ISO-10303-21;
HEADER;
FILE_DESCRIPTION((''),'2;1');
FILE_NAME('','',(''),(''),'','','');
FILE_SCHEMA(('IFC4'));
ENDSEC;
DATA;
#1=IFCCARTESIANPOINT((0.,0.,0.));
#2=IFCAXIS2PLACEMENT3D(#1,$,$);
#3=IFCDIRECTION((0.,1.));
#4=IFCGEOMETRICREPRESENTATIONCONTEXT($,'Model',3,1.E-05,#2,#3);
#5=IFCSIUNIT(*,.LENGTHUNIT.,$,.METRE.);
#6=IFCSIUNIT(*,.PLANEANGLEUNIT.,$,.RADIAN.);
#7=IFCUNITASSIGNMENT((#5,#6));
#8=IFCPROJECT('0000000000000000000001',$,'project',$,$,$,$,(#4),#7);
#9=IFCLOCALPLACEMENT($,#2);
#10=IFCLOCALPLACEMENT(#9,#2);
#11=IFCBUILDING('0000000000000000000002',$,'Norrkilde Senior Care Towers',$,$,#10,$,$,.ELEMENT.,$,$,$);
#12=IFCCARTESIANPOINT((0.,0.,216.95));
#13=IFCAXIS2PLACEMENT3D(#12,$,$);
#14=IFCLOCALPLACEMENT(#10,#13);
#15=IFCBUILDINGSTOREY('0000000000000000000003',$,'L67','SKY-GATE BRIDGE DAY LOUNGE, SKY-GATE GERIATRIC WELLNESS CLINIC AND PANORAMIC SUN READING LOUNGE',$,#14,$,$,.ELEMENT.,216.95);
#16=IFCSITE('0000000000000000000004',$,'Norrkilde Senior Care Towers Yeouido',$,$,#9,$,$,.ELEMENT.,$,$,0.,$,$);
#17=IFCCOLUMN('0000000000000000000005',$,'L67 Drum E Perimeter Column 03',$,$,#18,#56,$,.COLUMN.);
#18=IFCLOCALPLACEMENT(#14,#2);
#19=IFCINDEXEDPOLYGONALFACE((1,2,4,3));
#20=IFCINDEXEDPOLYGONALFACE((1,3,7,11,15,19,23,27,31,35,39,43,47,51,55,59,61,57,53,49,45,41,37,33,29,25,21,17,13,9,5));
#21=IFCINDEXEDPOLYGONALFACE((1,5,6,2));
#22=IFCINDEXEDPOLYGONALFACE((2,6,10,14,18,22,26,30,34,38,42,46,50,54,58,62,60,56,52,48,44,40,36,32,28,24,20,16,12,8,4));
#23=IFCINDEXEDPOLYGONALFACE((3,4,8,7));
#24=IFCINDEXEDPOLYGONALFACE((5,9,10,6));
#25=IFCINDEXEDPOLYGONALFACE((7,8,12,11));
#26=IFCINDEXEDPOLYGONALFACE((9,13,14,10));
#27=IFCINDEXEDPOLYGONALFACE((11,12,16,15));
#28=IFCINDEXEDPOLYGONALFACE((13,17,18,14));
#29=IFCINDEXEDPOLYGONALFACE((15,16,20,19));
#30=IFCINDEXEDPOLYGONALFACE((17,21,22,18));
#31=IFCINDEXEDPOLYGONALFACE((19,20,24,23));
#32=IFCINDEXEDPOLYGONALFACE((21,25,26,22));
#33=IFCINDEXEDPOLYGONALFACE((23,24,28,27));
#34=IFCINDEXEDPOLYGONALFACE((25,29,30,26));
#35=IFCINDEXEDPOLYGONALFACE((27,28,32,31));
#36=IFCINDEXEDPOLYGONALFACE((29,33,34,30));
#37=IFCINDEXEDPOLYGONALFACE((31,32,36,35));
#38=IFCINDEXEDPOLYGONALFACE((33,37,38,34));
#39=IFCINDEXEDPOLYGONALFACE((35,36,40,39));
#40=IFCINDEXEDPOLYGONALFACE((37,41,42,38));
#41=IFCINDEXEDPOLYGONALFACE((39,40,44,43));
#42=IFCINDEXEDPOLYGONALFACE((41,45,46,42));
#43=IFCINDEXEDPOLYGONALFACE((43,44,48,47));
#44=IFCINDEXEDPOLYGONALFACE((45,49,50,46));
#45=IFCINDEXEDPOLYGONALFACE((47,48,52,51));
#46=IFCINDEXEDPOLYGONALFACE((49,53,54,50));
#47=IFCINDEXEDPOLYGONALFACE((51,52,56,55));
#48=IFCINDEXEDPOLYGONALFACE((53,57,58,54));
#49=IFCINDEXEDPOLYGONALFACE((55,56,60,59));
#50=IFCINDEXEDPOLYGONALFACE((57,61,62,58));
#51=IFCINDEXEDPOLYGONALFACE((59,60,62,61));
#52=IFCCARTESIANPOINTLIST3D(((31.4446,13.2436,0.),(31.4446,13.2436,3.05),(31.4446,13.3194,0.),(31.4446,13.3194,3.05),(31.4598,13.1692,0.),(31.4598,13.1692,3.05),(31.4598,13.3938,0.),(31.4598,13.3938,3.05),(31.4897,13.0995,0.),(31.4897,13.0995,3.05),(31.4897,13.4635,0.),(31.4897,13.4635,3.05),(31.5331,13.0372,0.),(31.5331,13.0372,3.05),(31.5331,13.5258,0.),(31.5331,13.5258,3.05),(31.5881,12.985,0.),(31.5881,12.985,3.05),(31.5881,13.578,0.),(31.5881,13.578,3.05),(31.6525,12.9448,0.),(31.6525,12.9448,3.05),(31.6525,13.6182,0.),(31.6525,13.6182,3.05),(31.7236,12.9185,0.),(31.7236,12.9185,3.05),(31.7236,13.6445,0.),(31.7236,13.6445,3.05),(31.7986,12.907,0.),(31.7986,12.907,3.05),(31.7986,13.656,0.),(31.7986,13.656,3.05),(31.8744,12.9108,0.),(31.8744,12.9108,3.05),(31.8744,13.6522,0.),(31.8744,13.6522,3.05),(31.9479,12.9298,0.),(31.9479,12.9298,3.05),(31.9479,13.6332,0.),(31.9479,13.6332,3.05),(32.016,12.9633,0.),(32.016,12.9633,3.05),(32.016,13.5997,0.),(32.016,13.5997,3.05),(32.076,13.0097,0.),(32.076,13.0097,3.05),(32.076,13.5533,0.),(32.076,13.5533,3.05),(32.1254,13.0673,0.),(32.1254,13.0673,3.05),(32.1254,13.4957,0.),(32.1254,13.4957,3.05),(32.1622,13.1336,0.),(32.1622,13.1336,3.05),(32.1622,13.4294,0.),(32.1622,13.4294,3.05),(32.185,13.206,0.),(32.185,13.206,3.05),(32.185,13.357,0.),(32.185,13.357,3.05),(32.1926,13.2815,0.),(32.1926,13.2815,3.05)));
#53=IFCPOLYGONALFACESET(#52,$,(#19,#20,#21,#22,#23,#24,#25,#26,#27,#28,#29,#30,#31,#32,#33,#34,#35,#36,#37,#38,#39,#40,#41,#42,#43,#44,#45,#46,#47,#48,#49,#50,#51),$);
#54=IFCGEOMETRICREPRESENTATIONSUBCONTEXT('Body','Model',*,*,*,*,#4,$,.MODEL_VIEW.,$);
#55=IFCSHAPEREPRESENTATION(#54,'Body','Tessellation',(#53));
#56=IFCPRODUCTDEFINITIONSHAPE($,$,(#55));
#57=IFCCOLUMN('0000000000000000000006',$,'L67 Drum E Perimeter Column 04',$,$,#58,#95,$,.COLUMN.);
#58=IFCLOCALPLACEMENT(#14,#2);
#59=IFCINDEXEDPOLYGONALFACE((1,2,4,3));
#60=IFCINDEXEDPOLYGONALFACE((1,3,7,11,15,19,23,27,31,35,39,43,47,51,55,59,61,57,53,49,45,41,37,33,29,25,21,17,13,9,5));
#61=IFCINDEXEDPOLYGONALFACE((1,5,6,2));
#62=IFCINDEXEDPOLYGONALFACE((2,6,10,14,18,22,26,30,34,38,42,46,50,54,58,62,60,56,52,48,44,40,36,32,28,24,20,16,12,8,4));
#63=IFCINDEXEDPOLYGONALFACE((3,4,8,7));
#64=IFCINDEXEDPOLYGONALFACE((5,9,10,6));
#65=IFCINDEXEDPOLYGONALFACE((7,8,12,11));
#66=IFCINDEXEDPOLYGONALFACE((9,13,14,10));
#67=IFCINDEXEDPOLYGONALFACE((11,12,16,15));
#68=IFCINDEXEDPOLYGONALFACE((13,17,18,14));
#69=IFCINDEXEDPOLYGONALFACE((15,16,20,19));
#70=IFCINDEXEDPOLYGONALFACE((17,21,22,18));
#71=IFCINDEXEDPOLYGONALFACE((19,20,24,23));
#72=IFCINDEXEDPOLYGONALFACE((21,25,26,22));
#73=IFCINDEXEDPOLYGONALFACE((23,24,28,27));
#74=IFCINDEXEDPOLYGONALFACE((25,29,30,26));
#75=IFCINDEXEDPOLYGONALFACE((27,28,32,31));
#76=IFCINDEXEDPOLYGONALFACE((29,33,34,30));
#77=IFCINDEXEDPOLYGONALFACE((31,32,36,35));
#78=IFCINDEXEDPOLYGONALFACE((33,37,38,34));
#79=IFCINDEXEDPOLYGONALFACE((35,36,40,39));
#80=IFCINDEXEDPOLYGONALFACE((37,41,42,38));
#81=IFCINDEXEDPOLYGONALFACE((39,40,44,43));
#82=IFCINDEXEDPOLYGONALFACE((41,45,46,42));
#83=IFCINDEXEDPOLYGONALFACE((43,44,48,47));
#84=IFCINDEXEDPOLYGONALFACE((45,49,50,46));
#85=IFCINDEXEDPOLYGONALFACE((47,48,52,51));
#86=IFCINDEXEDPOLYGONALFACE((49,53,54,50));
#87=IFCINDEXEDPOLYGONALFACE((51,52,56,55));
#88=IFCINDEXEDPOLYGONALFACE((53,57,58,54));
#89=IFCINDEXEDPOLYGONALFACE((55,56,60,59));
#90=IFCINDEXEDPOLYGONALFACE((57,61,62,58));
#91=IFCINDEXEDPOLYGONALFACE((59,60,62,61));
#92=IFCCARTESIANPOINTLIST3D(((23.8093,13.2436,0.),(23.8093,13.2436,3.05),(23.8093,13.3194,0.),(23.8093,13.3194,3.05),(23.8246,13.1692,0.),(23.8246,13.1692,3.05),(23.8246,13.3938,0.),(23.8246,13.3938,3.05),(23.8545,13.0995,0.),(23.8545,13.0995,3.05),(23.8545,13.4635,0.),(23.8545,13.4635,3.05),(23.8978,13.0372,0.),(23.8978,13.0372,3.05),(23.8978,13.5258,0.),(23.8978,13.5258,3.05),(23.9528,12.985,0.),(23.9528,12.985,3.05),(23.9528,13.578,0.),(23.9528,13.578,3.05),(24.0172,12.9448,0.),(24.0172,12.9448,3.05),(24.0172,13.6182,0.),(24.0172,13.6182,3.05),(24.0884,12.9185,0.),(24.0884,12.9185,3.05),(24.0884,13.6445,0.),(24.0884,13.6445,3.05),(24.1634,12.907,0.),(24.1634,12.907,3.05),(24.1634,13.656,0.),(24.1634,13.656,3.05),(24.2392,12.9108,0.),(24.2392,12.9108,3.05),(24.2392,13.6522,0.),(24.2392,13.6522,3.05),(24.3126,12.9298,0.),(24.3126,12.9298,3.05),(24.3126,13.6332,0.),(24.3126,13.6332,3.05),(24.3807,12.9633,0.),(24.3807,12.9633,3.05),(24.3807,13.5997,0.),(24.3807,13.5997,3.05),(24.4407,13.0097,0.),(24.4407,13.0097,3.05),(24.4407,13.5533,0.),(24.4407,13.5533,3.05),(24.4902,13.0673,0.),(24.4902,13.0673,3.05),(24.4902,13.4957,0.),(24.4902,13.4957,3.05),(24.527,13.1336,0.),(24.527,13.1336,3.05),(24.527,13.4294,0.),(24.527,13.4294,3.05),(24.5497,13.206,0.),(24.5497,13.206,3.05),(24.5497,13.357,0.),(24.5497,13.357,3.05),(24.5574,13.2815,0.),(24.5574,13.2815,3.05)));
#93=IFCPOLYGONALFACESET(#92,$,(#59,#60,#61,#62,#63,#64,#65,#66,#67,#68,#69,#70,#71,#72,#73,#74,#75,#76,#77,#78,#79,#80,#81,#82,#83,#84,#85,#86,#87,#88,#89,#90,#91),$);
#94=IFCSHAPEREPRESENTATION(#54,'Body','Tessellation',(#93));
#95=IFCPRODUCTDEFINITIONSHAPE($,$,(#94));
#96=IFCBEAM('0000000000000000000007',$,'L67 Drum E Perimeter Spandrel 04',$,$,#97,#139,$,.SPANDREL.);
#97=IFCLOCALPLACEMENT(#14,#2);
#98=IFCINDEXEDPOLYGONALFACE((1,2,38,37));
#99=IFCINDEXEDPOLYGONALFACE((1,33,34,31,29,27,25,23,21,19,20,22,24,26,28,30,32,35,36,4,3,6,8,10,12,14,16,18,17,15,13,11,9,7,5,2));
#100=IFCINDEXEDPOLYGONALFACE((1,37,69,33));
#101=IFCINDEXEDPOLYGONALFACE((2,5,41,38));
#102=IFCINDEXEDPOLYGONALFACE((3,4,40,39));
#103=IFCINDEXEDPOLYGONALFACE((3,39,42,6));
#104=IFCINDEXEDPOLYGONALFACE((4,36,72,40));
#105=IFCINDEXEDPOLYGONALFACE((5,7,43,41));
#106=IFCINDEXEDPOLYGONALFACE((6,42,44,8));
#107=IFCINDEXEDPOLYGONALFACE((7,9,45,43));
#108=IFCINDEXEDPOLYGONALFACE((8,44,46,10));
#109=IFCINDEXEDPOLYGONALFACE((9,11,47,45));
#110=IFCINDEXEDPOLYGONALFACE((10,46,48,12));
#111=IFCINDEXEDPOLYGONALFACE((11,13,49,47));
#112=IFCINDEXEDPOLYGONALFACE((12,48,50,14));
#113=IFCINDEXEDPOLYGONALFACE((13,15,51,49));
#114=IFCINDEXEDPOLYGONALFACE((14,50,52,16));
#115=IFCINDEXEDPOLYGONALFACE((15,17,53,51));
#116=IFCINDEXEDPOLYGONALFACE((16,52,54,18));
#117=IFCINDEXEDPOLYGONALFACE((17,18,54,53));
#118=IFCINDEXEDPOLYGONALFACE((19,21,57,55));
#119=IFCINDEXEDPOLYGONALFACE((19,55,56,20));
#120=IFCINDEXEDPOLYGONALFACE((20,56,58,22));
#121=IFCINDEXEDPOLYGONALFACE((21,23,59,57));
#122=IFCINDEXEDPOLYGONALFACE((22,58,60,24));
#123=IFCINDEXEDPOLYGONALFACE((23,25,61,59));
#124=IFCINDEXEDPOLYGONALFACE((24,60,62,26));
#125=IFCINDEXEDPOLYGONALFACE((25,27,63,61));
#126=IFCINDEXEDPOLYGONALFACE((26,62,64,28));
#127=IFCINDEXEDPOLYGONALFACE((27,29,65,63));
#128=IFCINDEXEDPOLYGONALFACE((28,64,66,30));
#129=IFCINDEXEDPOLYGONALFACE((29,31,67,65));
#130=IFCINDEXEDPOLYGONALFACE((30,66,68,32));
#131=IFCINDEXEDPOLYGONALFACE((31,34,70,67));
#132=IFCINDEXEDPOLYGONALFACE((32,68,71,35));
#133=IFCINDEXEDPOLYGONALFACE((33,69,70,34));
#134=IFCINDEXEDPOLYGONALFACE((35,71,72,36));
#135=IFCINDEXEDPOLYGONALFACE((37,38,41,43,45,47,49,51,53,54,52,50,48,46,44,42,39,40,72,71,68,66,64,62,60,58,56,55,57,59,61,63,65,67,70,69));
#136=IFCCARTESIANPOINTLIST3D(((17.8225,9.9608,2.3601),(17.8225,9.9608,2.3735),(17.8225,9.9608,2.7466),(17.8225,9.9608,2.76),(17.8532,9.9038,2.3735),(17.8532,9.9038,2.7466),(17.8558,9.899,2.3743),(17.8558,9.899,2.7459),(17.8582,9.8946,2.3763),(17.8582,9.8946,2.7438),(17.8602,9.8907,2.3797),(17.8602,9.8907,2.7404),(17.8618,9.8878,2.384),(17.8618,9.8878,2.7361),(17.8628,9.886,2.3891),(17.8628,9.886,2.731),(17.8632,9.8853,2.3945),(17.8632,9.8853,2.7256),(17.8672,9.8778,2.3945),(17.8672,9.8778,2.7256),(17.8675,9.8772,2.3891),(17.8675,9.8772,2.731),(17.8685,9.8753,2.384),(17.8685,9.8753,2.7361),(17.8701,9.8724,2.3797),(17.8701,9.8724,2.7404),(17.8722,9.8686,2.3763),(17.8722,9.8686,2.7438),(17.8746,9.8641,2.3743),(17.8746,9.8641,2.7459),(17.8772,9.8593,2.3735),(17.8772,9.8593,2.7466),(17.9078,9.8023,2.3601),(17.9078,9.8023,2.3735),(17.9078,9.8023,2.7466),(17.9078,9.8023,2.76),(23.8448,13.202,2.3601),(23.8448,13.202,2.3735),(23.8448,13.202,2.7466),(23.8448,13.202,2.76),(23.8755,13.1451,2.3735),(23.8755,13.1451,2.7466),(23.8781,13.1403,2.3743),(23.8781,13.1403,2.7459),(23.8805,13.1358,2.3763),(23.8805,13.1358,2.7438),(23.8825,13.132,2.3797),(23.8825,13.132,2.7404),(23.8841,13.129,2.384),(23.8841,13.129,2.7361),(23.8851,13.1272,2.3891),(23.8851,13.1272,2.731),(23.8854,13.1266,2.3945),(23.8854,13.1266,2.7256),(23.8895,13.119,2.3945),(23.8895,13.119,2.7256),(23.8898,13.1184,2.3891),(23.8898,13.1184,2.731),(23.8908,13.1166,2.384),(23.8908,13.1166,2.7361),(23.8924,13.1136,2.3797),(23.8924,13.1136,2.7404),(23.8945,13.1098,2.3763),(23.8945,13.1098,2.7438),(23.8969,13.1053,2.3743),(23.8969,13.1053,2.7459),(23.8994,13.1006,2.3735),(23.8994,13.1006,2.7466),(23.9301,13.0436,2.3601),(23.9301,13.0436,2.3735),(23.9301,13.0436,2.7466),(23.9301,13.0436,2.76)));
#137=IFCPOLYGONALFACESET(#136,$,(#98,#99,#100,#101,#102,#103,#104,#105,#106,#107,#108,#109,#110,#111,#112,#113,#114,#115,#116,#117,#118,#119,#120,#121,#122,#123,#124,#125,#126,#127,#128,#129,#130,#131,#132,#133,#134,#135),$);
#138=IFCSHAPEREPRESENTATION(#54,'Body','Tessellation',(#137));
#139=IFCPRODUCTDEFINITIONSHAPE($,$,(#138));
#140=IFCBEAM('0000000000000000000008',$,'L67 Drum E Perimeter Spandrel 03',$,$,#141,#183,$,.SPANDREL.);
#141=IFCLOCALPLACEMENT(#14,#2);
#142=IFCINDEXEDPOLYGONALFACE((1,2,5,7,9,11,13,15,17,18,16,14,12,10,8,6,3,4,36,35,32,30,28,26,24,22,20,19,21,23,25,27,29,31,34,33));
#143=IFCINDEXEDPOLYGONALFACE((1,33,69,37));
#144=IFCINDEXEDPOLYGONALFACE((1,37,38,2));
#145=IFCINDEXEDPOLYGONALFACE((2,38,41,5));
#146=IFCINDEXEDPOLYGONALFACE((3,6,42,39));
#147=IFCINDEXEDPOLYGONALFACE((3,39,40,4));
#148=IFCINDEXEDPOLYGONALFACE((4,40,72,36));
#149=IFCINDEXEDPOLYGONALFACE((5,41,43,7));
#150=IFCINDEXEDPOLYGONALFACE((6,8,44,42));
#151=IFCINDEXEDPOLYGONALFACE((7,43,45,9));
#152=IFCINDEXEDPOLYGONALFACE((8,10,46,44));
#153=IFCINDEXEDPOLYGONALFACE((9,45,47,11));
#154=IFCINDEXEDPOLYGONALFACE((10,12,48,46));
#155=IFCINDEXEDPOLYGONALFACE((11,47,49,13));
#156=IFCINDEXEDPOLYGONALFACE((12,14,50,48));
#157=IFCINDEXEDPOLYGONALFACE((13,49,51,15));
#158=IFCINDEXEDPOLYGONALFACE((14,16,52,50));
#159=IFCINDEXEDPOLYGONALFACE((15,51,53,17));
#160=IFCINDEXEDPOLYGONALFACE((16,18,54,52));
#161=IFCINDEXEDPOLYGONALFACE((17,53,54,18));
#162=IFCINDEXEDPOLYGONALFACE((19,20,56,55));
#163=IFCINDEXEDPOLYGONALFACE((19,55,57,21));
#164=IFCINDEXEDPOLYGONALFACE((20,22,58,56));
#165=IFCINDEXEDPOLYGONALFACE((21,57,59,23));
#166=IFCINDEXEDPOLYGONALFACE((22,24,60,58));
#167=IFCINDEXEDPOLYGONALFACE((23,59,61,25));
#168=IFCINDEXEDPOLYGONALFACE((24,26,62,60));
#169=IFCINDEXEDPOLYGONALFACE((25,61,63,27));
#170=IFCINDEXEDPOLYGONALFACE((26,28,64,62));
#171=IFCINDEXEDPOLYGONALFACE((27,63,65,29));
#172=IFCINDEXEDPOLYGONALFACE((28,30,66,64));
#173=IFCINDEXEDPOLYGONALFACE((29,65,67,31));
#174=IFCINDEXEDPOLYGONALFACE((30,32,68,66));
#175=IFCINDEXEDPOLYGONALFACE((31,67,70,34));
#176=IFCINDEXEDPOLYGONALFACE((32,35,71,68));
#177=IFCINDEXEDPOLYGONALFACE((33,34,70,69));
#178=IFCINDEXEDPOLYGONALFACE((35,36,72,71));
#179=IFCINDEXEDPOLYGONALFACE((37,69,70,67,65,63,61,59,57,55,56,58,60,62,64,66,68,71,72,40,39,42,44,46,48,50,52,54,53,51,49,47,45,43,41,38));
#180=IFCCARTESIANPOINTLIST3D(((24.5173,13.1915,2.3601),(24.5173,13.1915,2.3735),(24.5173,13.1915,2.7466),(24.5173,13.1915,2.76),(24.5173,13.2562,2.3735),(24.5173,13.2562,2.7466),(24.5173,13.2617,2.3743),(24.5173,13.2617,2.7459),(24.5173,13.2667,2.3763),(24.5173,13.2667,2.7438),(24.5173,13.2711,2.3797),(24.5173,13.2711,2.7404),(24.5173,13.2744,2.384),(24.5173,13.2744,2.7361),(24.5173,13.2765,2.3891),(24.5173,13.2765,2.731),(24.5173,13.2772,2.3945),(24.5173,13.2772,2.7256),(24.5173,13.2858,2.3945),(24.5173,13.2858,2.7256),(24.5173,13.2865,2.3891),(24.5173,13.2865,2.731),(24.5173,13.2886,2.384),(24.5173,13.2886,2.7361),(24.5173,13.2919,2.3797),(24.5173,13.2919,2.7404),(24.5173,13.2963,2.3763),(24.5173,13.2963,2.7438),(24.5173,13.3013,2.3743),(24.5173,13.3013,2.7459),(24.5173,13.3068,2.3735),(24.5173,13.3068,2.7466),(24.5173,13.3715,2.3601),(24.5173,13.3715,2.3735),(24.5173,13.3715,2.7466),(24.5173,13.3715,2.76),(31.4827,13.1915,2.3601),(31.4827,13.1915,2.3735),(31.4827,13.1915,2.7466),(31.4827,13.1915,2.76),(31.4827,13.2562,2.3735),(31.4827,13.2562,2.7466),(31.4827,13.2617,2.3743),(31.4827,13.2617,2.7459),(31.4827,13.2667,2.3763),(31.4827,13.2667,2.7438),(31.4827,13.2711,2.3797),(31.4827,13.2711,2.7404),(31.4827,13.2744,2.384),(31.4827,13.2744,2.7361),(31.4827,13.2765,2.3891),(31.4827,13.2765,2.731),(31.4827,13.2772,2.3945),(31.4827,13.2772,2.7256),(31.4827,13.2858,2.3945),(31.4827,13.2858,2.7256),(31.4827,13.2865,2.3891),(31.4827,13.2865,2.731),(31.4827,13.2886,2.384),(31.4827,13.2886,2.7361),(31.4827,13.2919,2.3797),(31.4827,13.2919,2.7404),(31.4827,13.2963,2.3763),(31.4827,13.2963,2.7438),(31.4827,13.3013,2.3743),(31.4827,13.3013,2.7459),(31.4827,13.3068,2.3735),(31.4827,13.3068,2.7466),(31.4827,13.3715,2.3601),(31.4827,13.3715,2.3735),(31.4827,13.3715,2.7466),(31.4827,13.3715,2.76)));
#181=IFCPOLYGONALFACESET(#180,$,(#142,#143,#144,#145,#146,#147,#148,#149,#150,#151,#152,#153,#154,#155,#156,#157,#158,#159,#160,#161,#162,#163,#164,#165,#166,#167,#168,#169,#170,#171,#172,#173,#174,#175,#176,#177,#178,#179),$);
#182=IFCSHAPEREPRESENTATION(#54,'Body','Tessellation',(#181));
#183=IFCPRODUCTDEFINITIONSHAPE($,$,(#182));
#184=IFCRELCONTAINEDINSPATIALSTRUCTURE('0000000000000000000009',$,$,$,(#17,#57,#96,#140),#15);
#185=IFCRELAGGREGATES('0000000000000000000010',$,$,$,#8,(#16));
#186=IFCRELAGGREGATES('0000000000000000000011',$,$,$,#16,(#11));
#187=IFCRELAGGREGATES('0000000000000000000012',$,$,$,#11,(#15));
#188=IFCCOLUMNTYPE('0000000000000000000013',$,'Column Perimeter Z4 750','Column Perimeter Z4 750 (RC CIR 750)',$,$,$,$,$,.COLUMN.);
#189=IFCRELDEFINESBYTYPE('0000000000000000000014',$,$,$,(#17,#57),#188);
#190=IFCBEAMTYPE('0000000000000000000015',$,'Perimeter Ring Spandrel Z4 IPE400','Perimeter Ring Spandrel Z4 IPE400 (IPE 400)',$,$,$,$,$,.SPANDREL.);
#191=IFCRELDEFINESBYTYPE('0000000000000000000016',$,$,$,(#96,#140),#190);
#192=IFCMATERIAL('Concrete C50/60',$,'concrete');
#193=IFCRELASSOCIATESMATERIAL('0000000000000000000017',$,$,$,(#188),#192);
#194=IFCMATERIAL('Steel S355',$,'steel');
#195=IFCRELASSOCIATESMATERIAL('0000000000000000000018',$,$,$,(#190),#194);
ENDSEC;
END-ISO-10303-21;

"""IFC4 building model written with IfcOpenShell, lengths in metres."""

from ifc_helpers import new_model, si_unit, direction, frame, origin, origin_2d, place, context, subcontext, project, spatial, circle, i_section, extrude, source, transform, mapped, material, material_profile, profile_set, type_object, type_shapes, element, save


model = new_model("IFC4")

# Units and contexts
model_context = context("Model", 3, precision=1e-05, world=origin(), true_north=direction((0.0, 1.0)))
body_context = subcontext(model_context, "Body", "Model", "MODEL_VIEW")
ifc_project = project(units=[si_unit("LENGTHUNIT", "METRE"), si_unit("PLANEANGLEUNIT", "RADIAN")], contexts=[model_context])

# Site, building, storey
site_placement = place(None, origin())
site = spatial("IfcSite", under=ifc_project, at=site_placement, Name="Norrkilde Senior Care Towers Yeouido", CompositionType="ELEMENT", RefElevation=0.0)
building_placement = place(site_placement, origin())
building = spatial("IfcBuilding", under=site, at=building_placement, Name="Norrkilde Senior Care Towers", CompositionType="ELEMENT")
storey_placement = place(building_placement, frame((0.0, 0.0, 216.95)))
storey = spatial("IfcBuildingStorey", under=building, at=storey_placement, Name="L67", Description="SKY-GATE BRIDGE DAY LOUNGE, SKY-GATE GERIATRIC WELLNESS CLINIC AND PANORAMIC SUN READING LOUNGE", CompositionType="ELEMENT", Elevation=216.95)

# Columns
ifc_material_1 = material(Name="Concrete C50/60", Category="concrete")
ifc_material_profile_1 = material_profile(ifc_material_1, circle(Radius=0.375, at=origin_2d()), Name="RC CIR 750")
ifc_profile_set_1 = profile_set([ifc_material_profile_1], Name="Concrete C50/60")
column_type = type_object("IfcColumnType", Name="Column Perimeter Z4 750", Description="Column Perimeter Z4 750 (RC CIR 750)", PredefinedType="COLUMN", material=ifc_profile_set_1)
shared_shape_1 = source(origin(), body_context, "Body", "SweptSolid", [
    extrude(circle(Radius=0.375, at=origin_2d()), origin(), (0.0, 0.0, 1.0), 3.05),
])
type_shapes(column_type, [shared_shape_1])
for number, where, z_axis, x_axis, name in (
    (1, (31.8176, 13.2815, 0.0), (0.0, 0.0, 1.0), (1.0, 0.0, 0.0), "L67 Drum E Perimeter Column 03"),
    (2, (24.1824, 13.2815, 0.0), (0.0, 0.0, 1.0), (1.0, 0.0, 0.0), "L67 Drum E Perimeter Column 04"),
):
    element("IfcColumn", number, at=place(storey_placement, frame(where, z_axis=z_axis, x_axis=x_axis)), inside=storey, type_object=column_type, Name=name, PredefinedType="COLUMN", context=body_context, shape_type="MappedRepresentation", body=[
        mapped(shared_shape_1, transform((0.0, 0.0, 0.0), x_axis=(1.0, 0.0, 0.0), y_axis=(0.0, 1.0, 0.0), z_axis=(0.0, 0.0, 1.0), scale=1.0)),
    ])

# Beams
ifc_material_2 = material(Name="Steel S355", Category="steel")
ifc_material_profile_2 = material_profile(ifc_material_2, i_section(OverallWidth=0.1799, OverallDepth=0.3999, WebThickness=0.0085, FlangeThickness=0.0134, FilletRadius=0.021, at=origin_2d()), Name="IPE 400")
ifc_profile_set_2 = profile_set([ifc_material_profile_2], Name="Steel S355")
beam_type_1 = type_object("IfcBeamType", Name="Perimeter Ring Spandrel Z4 IPE400", Description="Perimeter Ring Spandrel Z4 IPE400 (IPE 400)", PredefinedType="SPANDREL", material=ifc_profile_set_2)
shared_shape_2 = source(origin(), body_context, "Body", "SweptSolid", [
    extrude(i_section(OverallWidth=0.1799, OverallDepth=0.3999, WebThickness=0.0085, FlangeThickness=0.0134, FilletRadius=0.021, at=origin_2d()), origin(), (0.0, 0.0, 1.0), 6.8391),
])
beam_1_placement = place(storey_placement, frame((23.8875, 13.1228, 2.5601), z_axis=(-0.880564, -0.473927, 0.0), x_axis=(0.473927, -0.880564, 0.0)))
element("IfcBeam", 3, at=beam_1_placement, inside=storey, type_object=beam_type_1, Name="L67 Drum E Perimeter Spandrel 04", PredefinedType="SPANDREL", context=body_context, shape_type="MappedRepresentation", body=[
    mapped(shared_shape_2, transform((0.0, 0.0, 0.0), x_axis=(1.0, 0.0, 0.0), y_axis=(0.0, 1.0, 0.0), z_axis=(0.0, 0.0, 1.0), scale=1.0)),
])
shared_shape_3 = source(origin(), body_context, "Body", "SweptSolid", [
    extrude(i_section(OverallWidth=0.1799, OverallDepth=0.3999, WebThickness=0.0085, FlangeThickness=0.0134, FilletRadius=0.021, at=origin_2d()), origin(), (0.0, 0.0, 1.0), 6.9653),
])
type_shapes(beam_type_1, [shared_shape_2, shared_shape_3])
beam_2_placement = place(storey_placement, frame((31.4827, 13.2815, 2.5601), z_axis=(-1.0, 0.0, 0.0), x_axis=(0.0, -1.0, 0.0)))
element("IfcBeam", 4, at=beam_2_placement, inside=storey, type_object=beam_type_1, Name="L67 Drum E Perimeter Spandrel 03", PredefinedType="SPANDREL", context=body_context, shape_type="MappedRepresentation", body=[
    mapped(shared_shape_3, transform((0.0, 0.0, 0.0), x_axis=(1.0, 0.0, 0.0), y_axis=(0.0, 1.0, 0.0), z_axis=(0.0, 0.0, 1.0), scale=1.0)),
])

save(model, "model.ifc")
